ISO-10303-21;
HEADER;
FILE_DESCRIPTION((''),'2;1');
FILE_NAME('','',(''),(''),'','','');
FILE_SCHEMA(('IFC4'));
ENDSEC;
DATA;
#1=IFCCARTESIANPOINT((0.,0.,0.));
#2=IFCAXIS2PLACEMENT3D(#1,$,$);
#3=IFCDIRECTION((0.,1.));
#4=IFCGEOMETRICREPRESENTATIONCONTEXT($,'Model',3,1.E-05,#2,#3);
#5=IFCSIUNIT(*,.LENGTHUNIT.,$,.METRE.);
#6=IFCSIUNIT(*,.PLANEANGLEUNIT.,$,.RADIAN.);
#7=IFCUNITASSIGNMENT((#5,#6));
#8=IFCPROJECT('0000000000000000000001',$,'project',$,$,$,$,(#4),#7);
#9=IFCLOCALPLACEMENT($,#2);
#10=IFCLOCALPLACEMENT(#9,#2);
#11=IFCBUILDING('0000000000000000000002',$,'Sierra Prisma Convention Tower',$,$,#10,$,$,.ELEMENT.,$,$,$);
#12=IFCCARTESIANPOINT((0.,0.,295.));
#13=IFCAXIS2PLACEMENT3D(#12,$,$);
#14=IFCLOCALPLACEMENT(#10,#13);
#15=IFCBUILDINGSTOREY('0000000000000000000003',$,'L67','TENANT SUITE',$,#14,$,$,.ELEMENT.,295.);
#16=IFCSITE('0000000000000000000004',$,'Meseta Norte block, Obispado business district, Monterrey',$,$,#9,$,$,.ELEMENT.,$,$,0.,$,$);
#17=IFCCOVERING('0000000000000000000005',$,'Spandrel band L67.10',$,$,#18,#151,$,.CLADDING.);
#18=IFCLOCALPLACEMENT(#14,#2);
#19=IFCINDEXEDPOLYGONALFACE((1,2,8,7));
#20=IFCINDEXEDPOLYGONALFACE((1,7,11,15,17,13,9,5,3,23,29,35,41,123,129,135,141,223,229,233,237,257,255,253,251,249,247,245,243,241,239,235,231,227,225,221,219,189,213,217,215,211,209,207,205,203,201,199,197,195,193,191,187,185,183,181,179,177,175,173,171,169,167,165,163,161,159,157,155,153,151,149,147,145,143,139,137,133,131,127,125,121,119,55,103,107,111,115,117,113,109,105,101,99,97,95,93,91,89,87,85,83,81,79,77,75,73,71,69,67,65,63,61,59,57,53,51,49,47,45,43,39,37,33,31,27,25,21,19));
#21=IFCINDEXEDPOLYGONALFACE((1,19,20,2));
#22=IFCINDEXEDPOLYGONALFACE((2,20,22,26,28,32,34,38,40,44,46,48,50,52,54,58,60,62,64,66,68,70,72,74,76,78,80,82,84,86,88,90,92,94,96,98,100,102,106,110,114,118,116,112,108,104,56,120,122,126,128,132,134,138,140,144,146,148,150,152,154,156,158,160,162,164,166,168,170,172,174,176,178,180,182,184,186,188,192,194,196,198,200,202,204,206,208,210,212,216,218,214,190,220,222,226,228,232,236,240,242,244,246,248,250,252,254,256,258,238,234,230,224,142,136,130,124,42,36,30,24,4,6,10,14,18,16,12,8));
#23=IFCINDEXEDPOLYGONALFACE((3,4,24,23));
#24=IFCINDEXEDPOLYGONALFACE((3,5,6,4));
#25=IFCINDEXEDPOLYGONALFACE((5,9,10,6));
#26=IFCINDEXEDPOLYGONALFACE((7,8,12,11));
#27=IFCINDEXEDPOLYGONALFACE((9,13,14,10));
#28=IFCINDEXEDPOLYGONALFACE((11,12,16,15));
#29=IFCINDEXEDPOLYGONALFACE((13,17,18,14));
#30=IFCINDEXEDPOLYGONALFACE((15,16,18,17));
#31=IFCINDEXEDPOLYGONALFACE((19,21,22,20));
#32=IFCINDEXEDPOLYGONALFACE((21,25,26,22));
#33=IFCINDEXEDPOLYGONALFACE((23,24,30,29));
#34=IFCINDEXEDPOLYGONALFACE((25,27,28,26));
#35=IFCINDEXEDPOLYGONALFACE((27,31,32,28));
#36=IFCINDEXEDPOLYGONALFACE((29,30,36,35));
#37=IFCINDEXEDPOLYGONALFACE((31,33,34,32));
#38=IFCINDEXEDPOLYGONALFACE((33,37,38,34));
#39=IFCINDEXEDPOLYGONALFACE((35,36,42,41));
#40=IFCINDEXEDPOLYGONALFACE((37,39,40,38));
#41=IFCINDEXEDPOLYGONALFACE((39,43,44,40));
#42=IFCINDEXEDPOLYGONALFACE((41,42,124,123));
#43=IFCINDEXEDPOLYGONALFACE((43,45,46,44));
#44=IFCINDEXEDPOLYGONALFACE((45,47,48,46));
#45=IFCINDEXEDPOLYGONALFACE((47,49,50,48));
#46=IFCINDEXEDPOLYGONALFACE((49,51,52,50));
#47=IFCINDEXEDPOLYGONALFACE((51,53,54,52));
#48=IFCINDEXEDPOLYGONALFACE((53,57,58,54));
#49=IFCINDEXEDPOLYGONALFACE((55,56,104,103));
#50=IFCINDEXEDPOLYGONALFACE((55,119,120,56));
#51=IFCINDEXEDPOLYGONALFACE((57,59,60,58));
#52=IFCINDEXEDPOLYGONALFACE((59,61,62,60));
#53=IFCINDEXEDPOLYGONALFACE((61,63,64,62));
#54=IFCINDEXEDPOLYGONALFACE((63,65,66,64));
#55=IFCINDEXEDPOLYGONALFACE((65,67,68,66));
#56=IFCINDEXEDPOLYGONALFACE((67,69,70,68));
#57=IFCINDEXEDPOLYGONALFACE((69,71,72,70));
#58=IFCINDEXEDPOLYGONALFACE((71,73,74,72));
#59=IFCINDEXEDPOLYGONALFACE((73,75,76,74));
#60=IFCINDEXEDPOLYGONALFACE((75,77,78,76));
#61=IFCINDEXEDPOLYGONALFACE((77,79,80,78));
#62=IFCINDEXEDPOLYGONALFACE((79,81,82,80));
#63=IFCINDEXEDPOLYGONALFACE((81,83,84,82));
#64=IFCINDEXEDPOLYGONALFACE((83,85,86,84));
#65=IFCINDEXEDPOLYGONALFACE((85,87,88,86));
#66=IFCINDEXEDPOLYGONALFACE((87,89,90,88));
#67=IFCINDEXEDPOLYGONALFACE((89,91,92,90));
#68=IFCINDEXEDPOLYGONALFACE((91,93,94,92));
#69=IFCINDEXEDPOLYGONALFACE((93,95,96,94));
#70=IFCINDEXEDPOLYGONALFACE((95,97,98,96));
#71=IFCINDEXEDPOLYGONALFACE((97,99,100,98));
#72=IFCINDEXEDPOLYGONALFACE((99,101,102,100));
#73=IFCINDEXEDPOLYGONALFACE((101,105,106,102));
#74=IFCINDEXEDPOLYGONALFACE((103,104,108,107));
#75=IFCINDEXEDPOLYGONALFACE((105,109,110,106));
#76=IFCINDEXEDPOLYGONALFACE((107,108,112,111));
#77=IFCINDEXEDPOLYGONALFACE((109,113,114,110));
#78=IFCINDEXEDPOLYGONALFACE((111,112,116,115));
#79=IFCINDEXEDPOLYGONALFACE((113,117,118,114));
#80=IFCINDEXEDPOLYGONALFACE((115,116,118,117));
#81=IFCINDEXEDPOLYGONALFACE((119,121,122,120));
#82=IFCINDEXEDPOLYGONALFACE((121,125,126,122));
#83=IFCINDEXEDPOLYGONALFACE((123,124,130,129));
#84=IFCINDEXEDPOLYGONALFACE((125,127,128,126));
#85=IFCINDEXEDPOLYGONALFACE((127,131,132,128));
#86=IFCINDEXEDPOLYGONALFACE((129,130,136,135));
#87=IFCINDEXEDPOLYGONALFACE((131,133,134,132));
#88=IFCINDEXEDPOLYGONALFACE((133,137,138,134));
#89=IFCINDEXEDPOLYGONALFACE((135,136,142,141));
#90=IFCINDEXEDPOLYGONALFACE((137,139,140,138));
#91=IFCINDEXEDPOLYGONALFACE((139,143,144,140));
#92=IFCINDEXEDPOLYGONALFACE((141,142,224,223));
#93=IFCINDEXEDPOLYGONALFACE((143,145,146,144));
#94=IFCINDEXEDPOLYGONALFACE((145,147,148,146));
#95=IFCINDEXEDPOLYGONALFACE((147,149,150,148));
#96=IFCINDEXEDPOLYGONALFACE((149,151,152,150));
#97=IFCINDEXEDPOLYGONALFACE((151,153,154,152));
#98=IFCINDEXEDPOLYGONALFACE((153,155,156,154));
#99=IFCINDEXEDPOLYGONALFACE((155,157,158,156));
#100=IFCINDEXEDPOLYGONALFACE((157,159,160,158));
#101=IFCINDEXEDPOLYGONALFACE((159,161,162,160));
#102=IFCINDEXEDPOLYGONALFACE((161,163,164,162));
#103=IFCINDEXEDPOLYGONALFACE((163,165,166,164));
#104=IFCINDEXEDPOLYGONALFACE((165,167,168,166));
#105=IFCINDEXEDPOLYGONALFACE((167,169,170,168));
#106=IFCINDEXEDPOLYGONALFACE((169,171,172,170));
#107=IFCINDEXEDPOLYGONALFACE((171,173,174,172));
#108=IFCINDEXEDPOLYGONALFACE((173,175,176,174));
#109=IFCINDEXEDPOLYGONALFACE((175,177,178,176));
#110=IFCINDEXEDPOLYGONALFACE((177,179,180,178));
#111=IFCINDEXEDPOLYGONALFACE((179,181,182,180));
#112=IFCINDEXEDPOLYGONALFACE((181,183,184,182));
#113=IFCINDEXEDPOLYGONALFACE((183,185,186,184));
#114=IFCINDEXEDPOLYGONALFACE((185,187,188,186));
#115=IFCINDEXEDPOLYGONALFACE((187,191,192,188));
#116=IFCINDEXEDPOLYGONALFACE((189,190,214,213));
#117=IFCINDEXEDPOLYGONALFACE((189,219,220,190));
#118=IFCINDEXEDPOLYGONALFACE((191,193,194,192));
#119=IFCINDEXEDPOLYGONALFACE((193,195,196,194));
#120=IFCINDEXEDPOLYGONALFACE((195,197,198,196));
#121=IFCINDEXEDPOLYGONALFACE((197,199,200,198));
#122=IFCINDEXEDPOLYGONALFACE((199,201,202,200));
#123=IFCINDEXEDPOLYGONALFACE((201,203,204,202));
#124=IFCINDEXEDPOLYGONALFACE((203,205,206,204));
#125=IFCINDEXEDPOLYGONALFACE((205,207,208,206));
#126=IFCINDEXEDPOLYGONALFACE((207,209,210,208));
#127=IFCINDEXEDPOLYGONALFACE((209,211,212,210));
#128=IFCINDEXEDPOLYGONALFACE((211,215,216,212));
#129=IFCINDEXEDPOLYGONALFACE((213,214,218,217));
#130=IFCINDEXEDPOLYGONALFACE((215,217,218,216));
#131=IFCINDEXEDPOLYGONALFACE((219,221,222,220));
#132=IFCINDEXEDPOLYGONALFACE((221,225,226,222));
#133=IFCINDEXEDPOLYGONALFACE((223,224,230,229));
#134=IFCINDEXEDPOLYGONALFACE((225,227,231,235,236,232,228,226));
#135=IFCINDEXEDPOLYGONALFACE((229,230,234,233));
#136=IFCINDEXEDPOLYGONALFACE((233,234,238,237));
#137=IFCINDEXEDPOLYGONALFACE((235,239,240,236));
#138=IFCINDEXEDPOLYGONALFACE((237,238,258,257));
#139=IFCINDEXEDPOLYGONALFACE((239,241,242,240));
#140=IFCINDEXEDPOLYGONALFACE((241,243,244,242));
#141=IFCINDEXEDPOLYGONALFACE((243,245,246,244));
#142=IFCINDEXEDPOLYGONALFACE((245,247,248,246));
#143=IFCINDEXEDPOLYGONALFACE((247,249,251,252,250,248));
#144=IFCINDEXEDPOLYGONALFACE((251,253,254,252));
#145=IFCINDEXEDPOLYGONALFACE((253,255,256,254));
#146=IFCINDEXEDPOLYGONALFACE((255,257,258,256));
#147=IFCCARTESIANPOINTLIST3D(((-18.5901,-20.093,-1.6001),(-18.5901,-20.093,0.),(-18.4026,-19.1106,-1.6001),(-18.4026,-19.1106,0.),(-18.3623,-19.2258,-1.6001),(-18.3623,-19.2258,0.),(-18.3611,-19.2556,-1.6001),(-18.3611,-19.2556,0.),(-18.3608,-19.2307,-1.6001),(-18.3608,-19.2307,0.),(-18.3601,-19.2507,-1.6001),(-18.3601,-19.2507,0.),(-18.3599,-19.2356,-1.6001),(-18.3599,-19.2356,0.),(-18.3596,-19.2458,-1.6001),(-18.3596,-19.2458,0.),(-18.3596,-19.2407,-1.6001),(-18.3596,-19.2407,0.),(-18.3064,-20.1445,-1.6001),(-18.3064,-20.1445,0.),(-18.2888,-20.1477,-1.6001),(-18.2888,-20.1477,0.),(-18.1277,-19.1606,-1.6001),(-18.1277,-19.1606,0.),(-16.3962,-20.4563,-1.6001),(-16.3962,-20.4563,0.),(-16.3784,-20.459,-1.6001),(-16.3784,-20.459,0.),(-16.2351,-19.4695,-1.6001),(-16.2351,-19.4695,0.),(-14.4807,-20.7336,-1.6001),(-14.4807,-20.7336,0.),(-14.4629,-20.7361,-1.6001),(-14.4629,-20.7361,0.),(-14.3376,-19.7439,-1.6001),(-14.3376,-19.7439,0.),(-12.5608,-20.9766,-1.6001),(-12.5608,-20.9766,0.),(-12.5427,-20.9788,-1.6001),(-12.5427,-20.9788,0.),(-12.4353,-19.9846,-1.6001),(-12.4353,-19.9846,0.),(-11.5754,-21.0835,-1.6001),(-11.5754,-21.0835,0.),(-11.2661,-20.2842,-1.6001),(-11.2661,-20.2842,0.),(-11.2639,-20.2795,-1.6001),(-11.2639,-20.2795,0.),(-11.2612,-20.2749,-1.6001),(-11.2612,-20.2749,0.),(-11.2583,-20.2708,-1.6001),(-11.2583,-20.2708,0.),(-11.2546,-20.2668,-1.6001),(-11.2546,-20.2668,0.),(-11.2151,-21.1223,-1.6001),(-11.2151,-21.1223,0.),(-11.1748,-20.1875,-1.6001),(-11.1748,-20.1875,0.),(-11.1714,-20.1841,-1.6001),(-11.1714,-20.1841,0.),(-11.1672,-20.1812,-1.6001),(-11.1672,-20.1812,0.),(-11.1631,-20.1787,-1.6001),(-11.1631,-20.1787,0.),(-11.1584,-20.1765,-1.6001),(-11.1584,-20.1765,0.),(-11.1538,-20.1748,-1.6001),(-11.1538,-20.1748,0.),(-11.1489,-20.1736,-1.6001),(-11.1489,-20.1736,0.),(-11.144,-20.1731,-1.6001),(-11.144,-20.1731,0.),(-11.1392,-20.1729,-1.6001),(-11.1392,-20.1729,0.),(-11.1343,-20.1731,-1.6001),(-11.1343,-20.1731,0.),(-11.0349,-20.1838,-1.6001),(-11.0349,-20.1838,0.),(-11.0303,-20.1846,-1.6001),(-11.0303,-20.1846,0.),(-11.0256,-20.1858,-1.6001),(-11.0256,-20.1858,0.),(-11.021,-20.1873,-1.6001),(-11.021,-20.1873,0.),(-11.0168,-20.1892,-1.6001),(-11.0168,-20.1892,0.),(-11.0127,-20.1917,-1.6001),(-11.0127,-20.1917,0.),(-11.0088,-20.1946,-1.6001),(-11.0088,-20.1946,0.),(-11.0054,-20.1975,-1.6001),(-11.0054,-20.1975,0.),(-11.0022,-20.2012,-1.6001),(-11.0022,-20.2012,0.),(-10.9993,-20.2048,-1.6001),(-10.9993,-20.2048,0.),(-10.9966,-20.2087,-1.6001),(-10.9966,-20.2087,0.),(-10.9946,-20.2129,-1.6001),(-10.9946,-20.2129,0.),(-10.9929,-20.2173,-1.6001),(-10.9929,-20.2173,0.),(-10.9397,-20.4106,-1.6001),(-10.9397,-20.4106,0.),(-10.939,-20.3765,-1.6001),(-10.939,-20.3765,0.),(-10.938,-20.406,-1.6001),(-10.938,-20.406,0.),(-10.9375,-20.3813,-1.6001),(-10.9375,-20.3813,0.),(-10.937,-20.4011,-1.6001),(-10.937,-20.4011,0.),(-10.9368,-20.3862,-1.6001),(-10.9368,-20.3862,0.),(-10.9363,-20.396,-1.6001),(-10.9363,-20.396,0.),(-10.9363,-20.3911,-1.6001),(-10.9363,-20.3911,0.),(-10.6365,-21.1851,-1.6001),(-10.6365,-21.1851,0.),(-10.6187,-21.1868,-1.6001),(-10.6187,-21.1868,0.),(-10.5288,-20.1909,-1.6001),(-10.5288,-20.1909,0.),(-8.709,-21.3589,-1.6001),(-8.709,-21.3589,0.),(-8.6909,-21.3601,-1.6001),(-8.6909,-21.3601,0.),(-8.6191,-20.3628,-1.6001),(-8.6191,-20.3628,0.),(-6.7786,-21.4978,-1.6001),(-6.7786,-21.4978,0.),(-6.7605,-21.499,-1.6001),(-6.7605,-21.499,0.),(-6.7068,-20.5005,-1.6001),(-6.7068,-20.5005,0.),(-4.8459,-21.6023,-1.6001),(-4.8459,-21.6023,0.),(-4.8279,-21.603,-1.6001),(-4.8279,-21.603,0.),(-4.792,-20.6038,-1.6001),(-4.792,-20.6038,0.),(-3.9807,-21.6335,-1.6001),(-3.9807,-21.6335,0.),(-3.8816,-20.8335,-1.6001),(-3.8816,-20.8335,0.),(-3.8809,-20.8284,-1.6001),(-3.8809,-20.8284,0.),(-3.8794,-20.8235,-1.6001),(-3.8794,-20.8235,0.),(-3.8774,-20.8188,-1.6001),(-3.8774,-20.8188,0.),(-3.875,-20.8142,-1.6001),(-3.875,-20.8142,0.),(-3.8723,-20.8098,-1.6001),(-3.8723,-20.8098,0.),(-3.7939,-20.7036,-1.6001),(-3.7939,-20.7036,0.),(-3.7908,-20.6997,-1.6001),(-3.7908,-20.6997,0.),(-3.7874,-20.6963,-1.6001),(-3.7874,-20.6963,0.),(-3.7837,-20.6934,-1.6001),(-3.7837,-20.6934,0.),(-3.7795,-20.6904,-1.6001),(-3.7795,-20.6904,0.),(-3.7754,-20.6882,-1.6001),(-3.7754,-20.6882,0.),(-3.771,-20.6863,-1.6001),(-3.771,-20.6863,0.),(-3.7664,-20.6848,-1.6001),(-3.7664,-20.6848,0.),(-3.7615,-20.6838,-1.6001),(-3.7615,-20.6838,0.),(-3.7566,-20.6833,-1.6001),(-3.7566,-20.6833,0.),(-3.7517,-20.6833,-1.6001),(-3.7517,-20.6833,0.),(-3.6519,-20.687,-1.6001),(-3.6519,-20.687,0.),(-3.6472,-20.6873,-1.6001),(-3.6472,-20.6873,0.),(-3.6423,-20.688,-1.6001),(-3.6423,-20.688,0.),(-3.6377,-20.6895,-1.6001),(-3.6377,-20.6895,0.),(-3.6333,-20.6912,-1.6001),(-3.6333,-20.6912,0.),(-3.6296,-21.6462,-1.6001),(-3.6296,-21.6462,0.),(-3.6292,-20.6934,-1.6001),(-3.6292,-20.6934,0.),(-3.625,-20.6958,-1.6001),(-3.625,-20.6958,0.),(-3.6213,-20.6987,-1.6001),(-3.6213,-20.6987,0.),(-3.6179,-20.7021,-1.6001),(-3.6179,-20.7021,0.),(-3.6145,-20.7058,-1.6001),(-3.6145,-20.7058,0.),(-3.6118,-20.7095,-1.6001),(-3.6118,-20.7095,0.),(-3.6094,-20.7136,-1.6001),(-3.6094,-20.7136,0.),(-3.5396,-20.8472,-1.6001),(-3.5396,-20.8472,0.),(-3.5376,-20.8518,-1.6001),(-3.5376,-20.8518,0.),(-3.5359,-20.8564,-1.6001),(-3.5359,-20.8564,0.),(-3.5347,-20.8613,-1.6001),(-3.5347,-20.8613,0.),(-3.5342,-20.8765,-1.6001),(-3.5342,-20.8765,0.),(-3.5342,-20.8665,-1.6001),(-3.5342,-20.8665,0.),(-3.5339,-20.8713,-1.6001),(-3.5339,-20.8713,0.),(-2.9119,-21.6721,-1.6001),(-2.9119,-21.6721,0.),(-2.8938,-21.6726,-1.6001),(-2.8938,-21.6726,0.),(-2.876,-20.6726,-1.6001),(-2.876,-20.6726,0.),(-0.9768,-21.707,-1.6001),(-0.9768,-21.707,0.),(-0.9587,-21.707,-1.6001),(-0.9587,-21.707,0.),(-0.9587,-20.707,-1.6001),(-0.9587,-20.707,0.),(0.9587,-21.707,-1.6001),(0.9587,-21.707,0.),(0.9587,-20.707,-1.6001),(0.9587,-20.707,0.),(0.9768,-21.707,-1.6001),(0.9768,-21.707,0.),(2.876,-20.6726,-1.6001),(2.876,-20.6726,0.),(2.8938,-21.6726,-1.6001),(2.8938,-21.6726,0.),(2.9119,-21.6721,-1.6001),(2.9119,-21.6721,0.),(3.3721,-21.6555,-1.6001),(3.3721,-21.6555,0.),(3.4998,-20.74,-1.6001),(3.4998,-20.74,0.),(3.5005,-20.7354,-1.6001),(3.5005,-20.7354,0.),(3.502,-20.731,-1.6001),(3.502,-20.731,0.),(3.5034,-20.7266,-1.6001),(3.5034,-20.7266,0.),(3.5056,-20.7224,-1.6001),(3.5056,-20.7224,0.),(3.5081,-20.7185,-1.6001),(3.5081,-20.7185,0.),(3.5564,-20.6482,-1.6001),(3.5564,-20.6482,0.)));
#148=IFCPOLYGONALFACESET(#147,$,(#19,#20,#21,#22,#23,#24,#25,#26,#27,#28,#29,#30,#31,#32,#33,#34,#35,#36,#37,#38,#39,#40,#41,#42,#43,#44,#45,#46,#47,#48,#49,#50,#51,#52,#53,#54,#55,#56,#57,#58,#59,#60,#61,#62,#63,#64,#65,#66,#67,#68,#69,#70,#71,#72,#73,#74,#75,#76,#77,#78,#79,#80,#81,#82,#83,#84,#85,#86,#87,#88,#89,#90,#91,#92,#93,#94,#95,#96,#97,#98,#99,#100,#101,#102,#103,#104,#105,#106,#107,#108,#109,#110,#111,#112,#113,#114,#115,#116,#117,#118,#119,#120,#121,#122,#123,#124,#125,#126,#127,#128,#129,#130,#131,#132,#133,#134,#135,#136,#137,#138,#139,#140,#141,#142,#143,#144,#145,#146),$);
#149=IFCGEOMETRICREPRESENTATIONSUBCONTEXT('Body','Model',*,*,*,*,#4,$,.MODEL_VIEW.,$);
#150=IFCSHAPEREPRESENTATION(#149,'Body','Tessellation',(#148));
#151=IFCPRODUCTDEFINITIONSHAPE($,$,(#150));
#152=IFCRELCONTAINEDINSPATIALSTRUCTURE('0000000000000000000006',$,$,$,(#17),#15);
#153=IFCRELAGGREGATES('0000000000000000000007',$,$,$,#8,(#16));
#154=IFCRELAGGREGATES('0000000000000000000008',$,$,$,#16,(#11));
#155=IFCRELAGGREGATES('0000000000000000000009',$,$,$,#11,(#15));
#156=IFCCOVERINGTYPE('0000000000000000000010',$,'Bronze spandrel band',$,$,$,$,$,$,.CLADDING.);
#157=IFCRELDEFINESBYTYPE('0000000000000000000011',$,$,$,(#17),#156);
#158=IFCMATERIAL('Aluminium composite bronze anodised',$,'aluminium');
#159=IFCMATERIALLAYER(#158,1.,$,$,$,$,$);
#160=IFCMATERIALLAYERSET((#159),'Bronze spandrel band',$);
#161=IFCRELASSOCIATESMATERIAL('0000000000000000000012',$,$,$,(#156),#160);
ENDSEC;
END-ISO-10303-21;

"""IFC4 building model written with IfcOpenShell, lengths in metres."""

from ifc_helpers import new_model, si_unit, direction, frame, origin, place, context, subcontext, project, spatial, polyline, outline, extrude, material, layer, layer_set, type_object, element, save


model = new_model("IFC4")

# Units and contexts
model_context = context("Model", 3, precision=1e-05, world=origin(), true_north=direction((0.0, 1.0)))
body_context = subcontext(model_context, "Body", "Model", "MODEL_VIEW")
ifc_project = project(units=[si_unit("LENGTHUNIT", "METRE"), si_unit("PLANEANGLEUNIT", "RADIAN")], contexts=[model_context])

# Site, building, storey
site_placement = place(None, origin())
site = spatial("IfcSite", under=ifc_project, at=site_placement, Name="Meseta Norte block, Obispado business district, Monterrey", CompositionType="ELEMENT", RefElevation=0.0)
building_placement = place(site_placement, origin())
building = spatial("IfcBuilding", under=site, at=building_placement, Name="Sierra Prisma Convention Tower", CompositionType="ELEMENT")
storey_placement = place(building_placement, frame((0.0, 0.0, 295.0)))
storey = spatial("IfcBuildingStorey", under=building, at=storey_placement, Name="L67", Description="TENANT SUITE", CompositionType="ELEMENT", Elevation=295.0)

# Covering
ifc_material_1 = material(Name="Aluminium composite bronze anodised", Category="aluminium")
ifc_layer_1 = layer(ifc_material_1, 1.0)
ifc_layer_set_1 = layer_set([ifc_layer_1], Name="Bronze spandrel band")
covering_type_1 = type_object("IfcCoveringType", Name="Bronze spandrel band", PredefinedType="CLADDING", material=ifc_layer_set_1)
covering_1_placement = place(storey_placement, frame((0.0, 0.0, -1.6001)))
element("IfcCovering", 1, at=covering_1_placement, inside=storey, type_object=covering_type_1, Name="Spandrel band L67.10", PredefinedType="CLADDING", context=body_context, shape_type="SweptSolid", body=[
    extrude(outline(polyline([(-3.6145, -20.7058), (-3.6179, -20.7021), (-3.6213, -20.6987), (-3.625, -20.6958), (-3.6292, -20.6934), (-3.6333, -20.6912), (-3.6377, -20.6895), (-3.6423, -20.688), (-3.6472, -20.6873), (-3.6519, -20.687), (-3.7517, -20.6833), (-3.7566, -20.6833), (-3.7615, -20.6838), (-3.7664, -20.6848), (-3.771, -20.6863), (-3.7754, -20.6882), (-3.7795, -20.6904), (-3.7837, -20.6934), (-3.7874, -20.6963), (-3.7908, -20.6997), (-3.7939, -20.7036), (-3.8723, -20.8098), (-3.875, -20.8142), (-3.8774, -20.8188), (-3.8794, -20.8235), (-3.8809, -20.8284), (-3.8816, -20.8335), (-3.9807, -21.6335), (-4.8279, -21.603), (-4.8459, -21.6023), (-6.7605, -21.499), (-6.7786, -21.4978), (-8.6909, -21.3601), (-8.709, -21.3589), (-10.6187, -21.1868), (-10.6365, -21.1851), (-11.2151, -21.1223), (-10.9397, -20.4106), (-10.938, -20.406), (-10.937, -20.4011), (-10.9363, -20.396), (-10.9363, -20.3911), (-10.9368, -20.3862), (-10.9375, -20.3813), (-10.939, -20.3765), (-10.9929, -20.2173), (-10.9946, -20.2129), (-10.9966, -20.2087), (-10.9993, -20.2048), (-11.0022, -20.2012), (-11.0054, -20.1975), (-11.0088, -20.1946), (-11.0127, -20.1917), (-11.0168, -20.1892), (-11.021, -20.1873), (-11.0256, -20.1858), (-11.0303, -20.1846), (-11.0349, -20.1838), (-11.1343, -20.1731), (-11.1392, -20.1729), (-11.144, -20.1731), (-11.1489, -20.1736), (-11.1538, -20.1748), (-11.1584, -20.1765), (-11.1631, -20.1787), (-11.1672, -20.1812), (-11.1714, -20.1841), (-11.1748, -20.1875), (-11.2546, -20.2668), (-11.2583, -20.2708), (-11.2612, -20.2749), (-11.2639, -20.2795), (-11.2661, -20.2842), (-11.5754, -21.0835), (-12.5427, -20.9788), (-12.5608, -20.9766), (-14.4629, -20.7361), (-14.4807, -20.7336), (-16.3784, -20.459), (-16.3962, -20.4563), (-18.2888, -20.1477), (-18.3064, -20.1445), (-18.5901, -20.093), (-18.3611, -19.2556), (-18.3601, -19.2507), (-18.3596, -19.2458), (-18.3596, -19.2407), (-18.3599, -19.2356), (-18.3608, -19.2307), (-18.3623, -19.2258), (-18.4026, -19.1106), (-18.1277, -19.1606), (-16.2351, -19.4695), (-14.3376, -19.7439), (-12.4353, -19.9846), (-10.5288, -20.1909), (-8.6191, -20.3628), (-6.7068, -20.5005), (-4.792, -20.6038), (-2.876, -20.6726), (-0.9587, -20.707), (0.9587, -20.707), (2.876, -20.6726), (3.5564, -20.6482), (3.5081, -20.7185), (3.5056, -20.7224), (3.5034, -20.7266), (3.502, -20.731), (3.5005, -20.7354), (3.4998, -20.74), (3.3721, -21.6555), (2.9119, -21.6721), (2.8938, -21.6726), (0.9768, -21.707), (0.9587, -21.707), (-0.9587, -21.707), (-0.9768, -21.707), (-2.8938, -21.6726), (-2.9119, -21.6721), (-3.6296, -21.6462), (-3.5342, -20.8765), (-3.5339, -20.8713), (-3.5342, -20.8665), (-3.5347, -20.8613), (-3.5359, -20.8564), (-3.5376, -20.8518), (-3.5396, -20.8472), (-3.6094, -20.7136), (-3.6118, -20.7095), (-3.6145, -20.7058)])), origin(), (0.0, 0.0, 1.0), 1.6001),
])

save(model, "model.ifc")
